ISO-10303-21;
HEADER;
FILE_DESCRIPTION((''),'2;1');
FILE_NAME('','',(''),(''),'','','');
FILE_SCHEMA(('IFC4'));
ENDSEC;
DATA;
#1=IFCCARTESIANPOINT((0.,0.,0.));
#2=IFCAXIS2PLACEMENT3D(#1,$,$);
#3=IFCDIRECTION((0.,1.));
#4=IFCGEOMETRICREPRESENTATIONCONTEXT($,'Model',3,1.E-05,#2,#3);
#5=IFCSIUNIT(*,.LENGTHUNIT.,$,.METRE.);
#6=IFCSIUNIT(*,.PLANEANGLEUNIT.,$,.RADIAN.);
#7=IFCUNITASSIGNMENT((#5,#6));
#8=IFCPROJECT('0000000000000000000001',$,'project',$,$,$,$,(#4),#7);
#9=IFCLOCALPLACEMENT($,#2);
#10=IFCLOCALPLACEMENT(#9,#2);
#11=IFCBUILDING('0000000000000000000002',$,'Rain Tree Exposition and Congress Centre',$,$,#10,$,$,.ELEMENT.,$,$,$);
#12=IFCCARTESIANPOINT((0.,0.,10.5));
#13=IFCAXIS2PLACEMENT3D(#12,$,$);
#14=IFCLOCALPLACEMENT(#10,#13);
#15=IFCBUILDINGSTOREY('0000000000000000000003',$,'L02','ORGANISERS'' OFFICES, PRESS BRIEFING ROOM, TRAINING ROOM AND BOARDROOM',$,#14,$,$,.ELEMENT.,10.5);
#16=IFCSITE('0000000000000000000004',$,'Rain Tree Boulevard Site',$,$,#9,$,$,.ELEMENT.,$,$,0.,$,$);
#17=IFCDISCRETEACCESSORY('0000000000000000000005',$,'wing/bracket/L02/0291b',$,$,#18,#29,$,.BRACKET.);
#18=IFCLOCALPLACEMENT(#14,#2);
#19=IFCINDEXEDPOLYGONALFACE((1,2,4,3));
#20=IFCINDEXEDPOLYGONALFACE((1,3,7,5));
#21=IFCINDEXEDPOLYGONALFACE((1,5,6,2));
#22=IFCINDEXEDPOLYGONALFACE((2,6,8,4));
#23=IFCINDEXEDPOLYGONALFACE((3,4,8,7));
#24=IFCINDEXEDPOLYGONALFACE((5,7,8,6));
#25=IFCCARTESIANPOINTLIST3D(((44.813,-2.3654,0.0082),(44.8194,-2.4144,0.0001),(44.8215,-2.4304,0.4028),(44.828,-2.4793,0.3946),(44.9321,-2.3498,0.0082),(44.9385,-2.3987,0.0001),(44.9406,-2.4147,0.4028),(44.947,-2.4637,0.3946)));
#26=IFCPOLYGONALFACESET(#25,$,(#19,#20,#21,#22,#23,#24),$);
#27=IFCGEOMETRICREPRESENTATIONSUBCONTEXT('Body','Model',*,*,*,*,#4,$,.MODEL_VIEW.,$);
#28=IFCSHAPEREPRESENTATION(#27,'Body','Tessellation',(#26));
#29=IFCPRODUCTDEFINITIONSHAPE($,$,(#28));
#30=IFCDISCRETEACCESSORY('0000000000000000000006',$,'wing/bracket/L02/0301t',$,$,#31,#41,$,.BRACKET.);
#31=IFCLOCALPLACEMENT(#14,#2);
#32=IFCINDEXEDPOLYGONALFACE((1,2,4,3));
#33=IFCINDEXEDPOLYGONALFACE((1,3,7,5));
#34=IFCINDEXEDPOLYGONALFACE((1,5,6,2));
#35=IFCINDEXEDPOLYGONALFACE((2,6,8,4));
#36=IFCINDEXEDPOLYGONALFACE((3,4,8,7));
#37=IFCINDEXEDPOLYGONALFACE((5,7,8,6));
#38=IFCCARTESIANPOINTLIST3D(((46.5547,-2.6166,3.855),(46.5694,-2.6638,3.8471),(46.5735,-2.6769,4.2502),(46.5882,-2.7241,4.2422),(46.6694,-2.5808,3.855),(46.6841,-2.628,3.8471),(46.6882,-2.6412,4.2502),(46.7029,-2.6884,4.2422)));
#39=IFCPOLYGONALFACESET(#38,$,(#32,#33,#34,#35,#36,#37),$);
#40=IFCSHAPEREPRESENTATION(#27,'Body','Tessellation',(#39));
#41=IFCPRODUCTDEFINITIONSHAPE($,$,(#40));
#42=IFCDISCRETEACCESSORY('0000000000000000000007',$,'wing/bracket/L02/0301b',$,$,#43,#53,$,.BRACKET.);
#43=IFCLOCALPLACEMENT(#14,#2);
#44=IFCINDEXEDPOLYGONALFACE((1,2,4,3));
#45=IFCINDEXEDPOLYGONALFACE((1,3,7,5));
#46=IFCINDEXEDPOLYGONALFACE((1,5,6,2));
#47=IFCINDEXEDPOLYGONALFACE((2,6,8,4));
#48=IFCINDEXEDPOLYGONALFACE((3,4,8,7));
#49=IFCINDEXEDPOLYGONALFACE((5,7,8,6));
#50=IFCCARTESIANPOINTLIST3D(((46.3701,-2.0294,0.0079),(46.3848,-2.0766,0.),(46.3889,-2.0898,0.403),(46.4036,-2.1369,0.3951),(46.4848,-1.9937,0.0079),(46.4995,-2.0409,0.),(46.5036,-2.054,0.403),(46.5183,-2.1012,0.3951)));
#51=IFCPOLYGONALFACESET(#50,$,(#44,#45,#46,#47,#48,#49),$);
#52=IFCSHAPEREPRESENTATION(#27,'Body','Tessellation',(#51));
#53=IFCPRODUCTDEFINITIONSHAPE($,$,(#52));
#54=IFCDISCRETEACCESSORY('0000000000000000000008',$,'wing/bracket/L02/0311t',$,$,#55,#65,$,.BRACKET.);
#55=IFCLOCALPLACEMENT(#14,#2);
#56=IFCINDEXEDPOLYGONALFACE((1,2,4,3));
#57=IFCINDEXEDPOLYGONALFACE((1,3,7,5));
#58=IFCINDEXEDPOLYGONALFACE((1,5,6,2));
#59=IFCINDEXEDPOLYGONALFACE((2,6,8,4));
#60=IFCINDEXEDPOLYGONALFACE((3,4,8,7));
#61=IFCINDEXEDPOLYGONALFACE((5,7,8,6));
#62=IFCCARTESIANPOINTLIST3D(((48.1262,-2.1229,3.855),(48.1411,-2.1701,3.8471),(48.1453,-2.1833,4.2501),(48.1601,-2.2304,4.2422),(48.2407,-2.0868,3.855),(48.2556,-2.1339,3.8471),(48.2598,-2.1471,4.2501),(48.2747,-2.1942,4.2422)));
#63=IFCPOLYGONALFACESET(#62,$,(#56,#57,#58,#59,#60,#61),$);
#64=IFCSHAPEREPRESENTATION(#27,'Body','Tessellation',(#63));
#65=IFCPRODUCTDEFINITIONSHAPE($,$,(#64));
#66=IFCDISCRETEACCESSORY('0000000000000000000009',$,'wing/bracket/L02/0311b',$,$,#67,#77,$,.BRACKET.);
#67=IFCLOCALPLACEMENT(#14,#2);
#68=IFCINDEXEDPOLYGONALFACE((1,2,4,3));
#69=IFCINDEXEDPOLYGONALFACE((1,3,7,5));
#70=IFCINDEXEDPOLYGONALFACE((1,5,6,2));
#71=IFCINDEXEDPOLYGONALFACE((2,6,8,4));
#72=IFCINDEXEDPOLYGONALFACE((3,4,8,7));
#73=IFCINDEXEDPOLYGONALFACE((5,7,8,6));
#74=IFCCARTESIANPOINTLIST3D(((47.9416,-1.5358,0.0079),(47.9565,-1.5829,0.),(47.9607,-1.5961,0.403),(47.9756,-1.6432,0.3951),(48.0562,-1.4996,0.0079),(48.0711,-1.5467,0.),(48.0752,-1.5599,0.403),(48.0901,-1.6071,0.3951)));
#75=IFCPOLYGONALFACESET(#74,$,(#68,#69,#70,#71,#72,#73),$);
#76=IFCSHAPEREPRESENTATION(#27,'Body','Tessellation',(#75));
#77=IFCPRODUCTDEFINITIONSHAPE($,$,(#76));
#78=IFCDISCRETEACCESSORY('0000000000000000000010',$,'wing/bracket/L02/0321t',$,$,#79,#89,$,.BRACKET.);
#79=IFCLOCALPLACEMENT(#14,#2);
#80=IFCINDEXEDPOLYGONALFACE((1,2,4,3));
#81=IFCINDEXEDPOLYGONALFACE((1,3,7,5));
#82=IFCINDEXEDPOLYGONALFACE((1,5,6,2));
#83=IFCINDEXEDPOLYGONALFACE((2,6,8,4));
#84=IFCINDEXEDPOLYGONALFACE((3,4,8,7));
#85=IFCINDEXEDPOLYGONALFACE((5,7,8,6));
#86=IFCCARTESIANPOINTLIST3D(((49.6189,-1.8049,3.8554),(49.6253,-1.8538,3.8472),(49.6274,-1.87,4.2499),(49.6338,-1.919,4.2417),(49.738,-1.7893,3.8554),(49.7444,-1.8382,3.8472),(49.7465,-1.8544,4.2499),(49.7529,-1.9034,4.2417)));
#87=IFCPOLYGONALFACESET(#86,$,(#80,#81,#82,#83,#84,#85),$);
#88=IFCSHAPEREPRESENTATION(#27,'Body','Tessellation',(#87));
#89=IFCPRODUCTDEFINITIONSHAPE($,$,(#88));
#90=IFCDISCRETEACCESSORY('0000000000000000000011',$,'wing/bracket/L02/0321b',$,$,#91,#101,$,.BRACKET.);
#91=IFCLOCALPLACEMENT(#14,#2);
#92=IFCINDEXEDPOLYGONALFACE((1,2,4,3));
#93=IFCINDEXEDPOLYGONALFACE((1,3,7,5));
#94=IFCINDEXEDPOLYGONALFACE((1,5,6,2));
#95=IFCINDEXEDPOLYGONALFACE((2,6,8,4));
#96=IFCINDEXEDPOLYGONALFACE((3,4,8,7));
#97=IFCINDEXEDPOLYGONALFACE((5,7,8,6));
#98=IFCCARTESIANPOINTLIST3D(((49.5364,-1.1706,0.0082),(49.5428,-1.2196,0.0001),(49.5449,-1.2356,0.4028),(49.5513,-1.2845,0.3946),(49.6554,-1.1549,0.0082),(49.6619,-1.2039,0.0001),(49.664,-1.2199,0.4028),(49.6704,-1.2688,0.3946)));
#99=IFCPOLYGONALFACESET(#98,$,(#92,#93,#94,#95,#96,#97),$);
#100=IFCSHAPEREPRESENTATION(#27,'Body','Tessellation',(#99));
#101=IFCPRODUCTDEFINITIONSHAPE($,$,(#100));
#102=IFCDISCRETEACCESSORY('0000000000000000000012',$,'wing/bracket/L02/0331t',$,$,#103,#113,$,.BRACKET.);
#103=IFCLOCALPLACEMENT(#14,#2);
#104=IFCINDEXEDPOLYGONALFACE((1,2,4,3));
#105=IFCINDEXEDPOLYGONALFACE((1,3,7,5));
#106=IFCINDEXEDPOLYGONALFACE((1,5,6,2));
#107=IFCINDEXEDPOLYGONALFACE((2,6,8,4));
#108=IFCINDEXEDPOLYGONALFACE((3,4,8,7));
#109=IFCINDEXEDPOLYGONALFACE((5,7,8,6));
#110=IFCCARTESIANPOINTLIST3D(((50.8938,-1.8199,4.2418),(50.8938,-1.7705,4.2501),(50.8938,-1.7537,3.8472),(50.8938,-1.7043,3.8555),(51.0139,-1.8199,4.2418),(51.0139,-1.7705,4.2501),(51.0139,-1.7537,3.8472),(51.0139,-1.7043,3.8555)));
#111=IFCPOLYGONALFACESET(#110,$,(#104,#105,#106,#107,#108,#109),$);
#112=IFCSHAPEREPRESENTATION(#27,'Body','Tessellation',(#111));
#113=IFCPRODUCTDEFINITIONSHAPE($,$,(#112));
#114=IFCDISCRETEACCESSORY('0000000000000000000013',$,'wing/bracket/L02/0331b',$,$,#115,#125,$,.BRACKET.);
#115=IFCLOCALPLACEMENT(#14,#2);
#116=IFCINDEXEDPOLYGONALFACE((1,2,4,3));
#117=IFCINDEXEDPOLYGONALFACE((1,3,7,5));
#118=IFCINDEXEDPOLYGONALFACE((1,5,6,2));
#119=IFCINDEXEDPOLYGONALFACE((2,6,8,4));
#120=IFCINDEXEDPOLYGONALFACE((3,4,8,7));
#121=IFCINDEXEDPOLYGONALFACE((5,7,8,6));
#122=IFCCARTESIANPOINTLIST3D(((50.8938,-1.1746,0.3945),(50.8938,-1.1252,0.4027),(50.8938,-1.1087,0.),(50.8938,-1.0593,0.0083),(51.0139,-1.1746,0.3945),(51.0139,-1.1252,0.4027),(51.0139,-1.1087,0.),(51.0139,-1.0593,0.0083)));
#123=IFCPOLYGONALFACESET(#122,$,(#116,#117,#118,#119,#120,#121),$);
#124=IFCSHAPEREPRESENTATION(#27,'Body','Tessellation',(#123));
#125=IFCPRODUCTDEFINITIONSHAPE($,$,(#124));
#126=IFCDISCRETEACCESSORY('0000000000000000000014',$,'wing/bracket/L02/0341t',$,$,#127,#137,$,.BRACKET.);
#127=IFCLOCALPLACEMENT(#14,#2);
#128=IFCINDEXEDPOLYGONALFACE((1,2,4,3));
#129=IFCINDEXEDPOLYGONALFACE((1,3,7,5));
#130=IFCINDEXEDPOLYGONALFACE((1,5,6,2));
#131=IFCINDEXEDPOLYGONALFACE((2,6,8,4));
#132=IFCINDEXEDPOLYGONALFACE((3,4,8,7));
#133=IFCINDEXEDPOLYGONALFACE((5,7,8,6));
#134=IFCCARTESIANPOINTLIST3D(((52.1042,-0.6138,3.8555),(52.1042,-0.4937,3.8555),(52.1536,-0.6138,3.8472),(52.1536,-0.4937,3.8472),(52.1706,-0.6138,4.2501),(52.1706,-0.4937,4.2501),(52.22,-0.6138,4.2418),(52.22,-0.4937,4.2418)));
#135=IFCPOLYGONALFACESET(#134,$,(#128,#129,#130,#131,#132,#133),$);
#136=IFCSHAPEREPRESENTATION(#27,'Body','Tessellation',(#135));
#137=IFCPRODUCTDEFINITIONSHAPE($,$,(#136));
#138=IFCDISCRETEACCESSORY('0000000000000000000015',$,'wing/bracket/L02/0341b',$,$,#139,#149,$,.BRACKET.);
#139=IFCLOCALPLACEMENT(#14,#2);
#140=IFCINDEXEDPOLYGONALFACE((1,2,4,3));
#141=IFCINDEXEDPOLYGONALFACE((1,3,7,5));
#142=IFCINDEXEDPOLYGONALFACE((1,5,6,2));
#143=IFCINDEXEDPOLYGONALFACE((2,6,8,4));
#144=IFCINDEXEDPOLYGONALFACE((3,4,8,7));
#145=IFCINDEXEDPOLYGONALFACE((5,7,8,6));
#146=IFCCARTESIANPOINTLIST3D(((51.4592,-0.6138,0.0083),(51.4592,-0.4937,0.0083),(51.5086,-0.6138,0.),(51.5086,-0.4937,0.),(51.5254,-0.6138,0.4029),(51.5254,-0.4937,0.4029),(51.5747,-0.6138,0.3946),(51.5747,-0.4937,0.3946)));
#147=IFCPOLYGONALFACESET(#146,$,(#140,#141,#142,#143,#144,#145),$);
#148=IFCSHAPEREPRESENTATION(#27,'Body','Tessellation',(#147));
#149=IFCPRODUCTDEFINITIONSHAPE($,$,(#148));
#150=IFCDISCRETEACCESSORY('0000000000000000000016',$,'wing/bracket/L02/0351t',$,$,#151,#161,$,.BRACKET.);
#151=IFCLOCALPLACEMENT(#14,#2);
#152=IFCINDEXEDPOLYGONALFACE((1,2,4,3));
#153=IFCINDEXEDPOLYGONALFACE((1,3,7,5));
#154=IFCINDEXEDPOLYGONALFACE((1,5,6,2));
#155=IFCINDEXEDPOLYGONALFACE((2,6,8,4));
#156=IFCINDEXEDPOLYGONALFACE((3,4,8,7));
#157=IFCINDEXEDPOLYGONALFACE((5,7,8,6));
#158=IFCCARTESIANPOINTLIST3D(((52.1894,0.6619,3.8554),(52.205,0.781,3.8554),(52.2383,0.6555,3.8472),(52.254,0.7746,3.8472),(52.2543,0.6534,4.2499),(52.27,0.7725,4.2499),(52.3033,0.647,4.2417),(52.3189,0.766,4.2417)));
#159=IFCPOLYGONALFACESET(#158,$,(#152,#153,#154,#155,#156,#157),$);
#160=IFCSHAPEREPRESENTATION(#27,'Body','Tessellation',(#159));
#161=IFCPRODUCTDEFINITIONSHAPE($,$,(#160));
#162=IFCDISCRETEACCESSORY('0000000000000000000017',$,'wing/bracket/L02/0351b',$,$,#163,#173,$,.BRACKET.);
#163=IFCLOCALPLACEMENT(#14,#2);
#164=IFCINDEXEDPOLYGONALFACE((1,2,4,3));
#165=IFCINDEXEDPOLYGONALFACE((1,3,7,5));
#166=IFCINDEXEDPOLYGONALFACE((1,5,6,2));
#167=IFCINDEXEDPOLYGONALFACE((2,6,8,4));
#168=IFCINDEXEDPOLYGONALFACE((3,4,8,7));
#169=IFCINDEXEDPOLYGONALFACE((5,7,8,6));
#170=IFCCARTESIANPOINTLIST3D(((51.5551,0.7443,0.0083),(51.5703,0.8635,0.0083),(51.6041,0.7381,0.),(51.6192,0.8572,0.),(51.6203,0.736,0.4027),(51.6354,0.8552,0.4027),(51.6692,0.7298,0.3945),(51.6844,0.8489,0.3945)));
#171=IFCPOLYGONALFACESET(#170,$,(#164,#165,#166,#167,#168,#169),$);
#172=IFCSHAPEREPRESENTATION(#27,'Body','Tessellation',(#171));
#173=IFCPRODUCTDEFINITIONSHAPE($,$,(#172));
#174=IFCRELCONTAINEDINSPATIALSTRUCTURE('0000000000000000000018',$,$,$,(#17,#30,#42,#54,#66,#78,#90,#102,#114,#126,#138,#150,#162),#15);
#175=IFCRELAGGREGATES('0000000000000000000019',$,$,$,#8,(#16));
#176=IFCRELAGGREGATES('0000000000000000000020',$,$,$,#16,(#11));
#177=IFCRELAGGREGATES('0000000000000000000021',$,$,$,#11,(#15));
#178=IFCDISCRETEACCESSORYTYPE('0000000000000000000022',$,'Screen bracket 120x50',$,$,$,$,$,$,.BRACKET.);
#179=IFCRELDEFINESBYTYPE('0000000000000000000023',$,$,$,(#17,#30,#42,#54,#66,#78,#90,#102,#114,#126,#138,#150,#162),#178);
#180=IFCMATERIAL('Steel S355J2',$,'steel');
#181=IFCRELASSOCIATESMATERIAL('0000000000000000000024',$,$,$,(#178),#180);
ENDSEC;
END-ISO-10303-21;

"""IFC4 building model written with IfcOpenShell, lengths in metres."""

from ifc_helpers import new_model, si_unit, direction, frame, origin, origin_2d, place, context, subcontext, project, spatial, rectangle, extrude, material, material_profile, profile_set, type_object, element, save


model = new_model("IFC4")

# Units and contexts
model_context = context("Model", 3, precision=1e-05, world=origin(), true_north=direction((0.0, 1.0)))
body_context = subcontext(model_context, "Body", "Model", "MODEL_VIEW")
ifc_project = project(units=[si_unit("LENGTHUNIT", "METRE"), si_unit("PLANEANGLEUNIT", "RADIAN")], contexts=[model_context])

# Site, building, storey
site_placement = place(None, origin())
site = spatial("IfcSite", under=ifc_project, at=site_placement, Name="Rain Tree Boulevard Site", CompositionType="ELEMENT", RefElevation=0.0)
building_placement = place(site_placement, origin())
building = spatial("IfcBuilding", under=site, at=building_placement, Name="Rain Tree Exposition and Congress Centre", CompositionType="ELEMENT")
storey_placement = place(building_placement, frame((0.0, 0.0, 10.5)))
storey = spatial("IfcBuildingStorey", under=building, at=storey_placement, Name="L02", Description="ORGANISERS' OFFICES, PRESS BRIEFING ROOM, TRAINING ROOM AND BOARDROOM", CompositionType="ELEMENT", Elevation=10.5)

# Discrete accessories
ifc_material_1 = material(Name="Steel S355J2", Category="steel")
ifc_material_profile_1 = material_profile(ifc_material_1, rectangle(XDim=0.1201, YDim=0.05, at=origin_2d()), Name="Flat bar 120x50")
ifc_profile_set_1 = profile_set([ifc_material_profile_1], Name="Steel S355J2")
discrete_accessory_type = type_object("IfcDiscreteAccessoryType", Name="Screen bracket 120x50", PredefinedType="BRACKET", material=ifc_profile_set_1)
for number, where, z_axis, x_axis, name in (
    (1, (44.8757, -2.3821, 0.0042), (0.021366, -0.162381, 0.986497), (0.991454, 0.130455, 0.0), "wing/bracket/L02/0291b"),
):
    element("IfcDiscreteAccessory", number, at=place(storey_placement, frame(where, z_axis=z_axis, x_axis=x_axis)), inside=storey, type_object=discrete_accessory_type, Name=name, PredefinedType="BRACKET", context=body_context, shape_type="SweptSolid", body=[
        extrude(rectangle(XDim=0.1201, YDim=0.05, at=origin_2d()), origin(), (0.0, 0.0, 1.0), 0.3999),
    ])
for number, where, z_axis, x_axis, name in (
    (2, (46.6194, -2.6223, 3.8511), (0.046993, -0.150743, 0.987456), (0.954686, 0.297615, 0.0), "wing/bracket/L02/0301t"),
    (3, (46.4348, -2.0352, 0.0039), (0.046993, -0.150743, 0.987456), (0.954686, 0.297615, 0.0), "wing/bracket/L02/0301b"),
    (4, (48.1909, -2.1284, 3.8511), (0.047602, -0.150738, 0.987427), (0.953583, 0.301131, 0.0), "wing/bracket/L02/0311t"),
    (5, (48.0063, -1.5413, 0.0039), (0.047602, -0.150738, 0.987427), (0.953583, 0.301131, 0.0), "wing/bracket/L02/0311b"),
):
    element("IfcDiscreteAccessory", number, at=place(storey_placement, frame(where, z_axis=z_axis, x_axis=x_axis)), inside=storey, type_object=discrete_accessory_type, Name=name, PredefinedType="BRACKET", context=body_context, shape_type="SweptSolid", body=[
        extrude(rectangle(XDim=0.1201, YDim=0.05, at=origin_2d()), origin(), (0.0, 0.0, 1.0), 0.4001),
    ])
for number, where, z_axis, x_axis, name in (
    (6, (49.6816, -1.8215, 3.8513), (0.021364, -0.162976, 0.986399), (0.991517, 0.129974, 0.0), "wing/bracket/L02/0321t"),
    (7, (49.5991, -1.1873, 0.0042), (0.021366, -0.162381, 0.986497), (0.991454, 0.130455, 0.0), "wing/bracket/L02/0321b"),
):
    element("IfcDiscreteAccessory", number, at=place(storey_placement, frame(where, z_axis=z_axis, x_axis=x_axis)), inside=storey, type_object=discrete_accessory_type, Name=name, PredefinedType="BRACKET", context=body_context, shape_type="SweptSolid", body=[
        extrude(rectangle(XDim=0.1201, YDim=0.05, at=origin_2d()), origin(), (0.0, 0.0, 1.0), 0.3999),
    ])
discrete_accessory_1_placement = place(storey_placement, frame((50.9539, -1.729, 3.8513), z_axis=(0.0, -0.165389, 0.986228), x_axis=(1.0, 0.0, 0.0)))
element("IfcDiscreteAccessory", 8, at=discrete_accessory_1_placement, inside=storey, type_object=discrete_accessory_type, Name="wing/bracket/L02/0331t", PredefinedType="BRACKET", context=body_context, shape_type="SweptSolid", body=[
    extrude(rectangle(XDim=0.1201, YDim=0.05, at=origin_2d()), origin(), (0.0, 0.0, 1.0), 0.4001),
])
discrete_accessory_2_placement = place(storey_placement, frame((50.9539, -1.084, 0.0042), z_axis=(0.0, -0.164795, 0.986328), x_axis=(1.0, 0.0, 0.0)))
element("IfcDiscreteAccessory", 9, at=discrete_accessory_2_placement, inside=storey, type_object=discrete_accessory_type, Name="wing/bracket/L02/0331b", PredefinedType="BRACKET", context=body_context, shape_type="SweptSolid", body=[
    extrude(rectangle(XDim=0.1201, YDim=0.05, at=origin_2d()), origin(), (0.0, 0.0, 1.0), 0.3999),
])
for number, where, z_axis, x_axis, name in (
    (10, (52.1289, -0.5537, 3.8513), (0.165982, 0.0, 0.986129), (0.0, 1.0, 0.0), "wing/bracket/L02/0341t"),
    (11, (51.4839, -0.5537, 0.0042), (0.165389, 0.0, 0.986228), (0.0, 1.0, 0.0), "wing/bracket/L02/0341b"),
):
    element("IfcDiscreteAccessory", number, at=place(storey_placement, frame(where, z_axis=z_axis, x_axis=x_axis)), inside=storey, type_object=discrete_accessory_type, Name=name, PredefinedType="BRACKET", context=body_context, shape_type="SweptSolid", body=[
        extrude(rectangle(XDim=0.1201, YDim=0.05, at=origin_2d()), origin(), (0.0, 0.0, 1.0), 0.4001),
    ])
for number, where, z_axis, x_axis, name in (
    (12, (52.2217, 0.7183, 3.8513), (0.162381, -0.021366, 0.986497), (0.130455, 0.991454, 0.0), "wing/bracket/L02/0351t"),
    (13, (51.5872, 0.8008, 0.0042), (0.162978, -0.020754, 0.986411), (0.126321, 0.991989, 0.0), "wing/bracket/L02/0351b"),
):
    element("IfcDiscreteAccessory", number, at=place(storey_placement, frame(where, z_axis=z_axis, x_axis=x_axis)), inside=storey, type_object=discrete_accessory_type, Name=name, PredefinedType="BRACKET", context=body_context, shape_type="SweptSolid", body=[
        extrude(rectangle(XDim=0.1201, YDim=0.05, at=origin_2d()), origin(), (0.0, 0.0, 1.0), 0.3999),
    ])

save(model, "model.ifc")
